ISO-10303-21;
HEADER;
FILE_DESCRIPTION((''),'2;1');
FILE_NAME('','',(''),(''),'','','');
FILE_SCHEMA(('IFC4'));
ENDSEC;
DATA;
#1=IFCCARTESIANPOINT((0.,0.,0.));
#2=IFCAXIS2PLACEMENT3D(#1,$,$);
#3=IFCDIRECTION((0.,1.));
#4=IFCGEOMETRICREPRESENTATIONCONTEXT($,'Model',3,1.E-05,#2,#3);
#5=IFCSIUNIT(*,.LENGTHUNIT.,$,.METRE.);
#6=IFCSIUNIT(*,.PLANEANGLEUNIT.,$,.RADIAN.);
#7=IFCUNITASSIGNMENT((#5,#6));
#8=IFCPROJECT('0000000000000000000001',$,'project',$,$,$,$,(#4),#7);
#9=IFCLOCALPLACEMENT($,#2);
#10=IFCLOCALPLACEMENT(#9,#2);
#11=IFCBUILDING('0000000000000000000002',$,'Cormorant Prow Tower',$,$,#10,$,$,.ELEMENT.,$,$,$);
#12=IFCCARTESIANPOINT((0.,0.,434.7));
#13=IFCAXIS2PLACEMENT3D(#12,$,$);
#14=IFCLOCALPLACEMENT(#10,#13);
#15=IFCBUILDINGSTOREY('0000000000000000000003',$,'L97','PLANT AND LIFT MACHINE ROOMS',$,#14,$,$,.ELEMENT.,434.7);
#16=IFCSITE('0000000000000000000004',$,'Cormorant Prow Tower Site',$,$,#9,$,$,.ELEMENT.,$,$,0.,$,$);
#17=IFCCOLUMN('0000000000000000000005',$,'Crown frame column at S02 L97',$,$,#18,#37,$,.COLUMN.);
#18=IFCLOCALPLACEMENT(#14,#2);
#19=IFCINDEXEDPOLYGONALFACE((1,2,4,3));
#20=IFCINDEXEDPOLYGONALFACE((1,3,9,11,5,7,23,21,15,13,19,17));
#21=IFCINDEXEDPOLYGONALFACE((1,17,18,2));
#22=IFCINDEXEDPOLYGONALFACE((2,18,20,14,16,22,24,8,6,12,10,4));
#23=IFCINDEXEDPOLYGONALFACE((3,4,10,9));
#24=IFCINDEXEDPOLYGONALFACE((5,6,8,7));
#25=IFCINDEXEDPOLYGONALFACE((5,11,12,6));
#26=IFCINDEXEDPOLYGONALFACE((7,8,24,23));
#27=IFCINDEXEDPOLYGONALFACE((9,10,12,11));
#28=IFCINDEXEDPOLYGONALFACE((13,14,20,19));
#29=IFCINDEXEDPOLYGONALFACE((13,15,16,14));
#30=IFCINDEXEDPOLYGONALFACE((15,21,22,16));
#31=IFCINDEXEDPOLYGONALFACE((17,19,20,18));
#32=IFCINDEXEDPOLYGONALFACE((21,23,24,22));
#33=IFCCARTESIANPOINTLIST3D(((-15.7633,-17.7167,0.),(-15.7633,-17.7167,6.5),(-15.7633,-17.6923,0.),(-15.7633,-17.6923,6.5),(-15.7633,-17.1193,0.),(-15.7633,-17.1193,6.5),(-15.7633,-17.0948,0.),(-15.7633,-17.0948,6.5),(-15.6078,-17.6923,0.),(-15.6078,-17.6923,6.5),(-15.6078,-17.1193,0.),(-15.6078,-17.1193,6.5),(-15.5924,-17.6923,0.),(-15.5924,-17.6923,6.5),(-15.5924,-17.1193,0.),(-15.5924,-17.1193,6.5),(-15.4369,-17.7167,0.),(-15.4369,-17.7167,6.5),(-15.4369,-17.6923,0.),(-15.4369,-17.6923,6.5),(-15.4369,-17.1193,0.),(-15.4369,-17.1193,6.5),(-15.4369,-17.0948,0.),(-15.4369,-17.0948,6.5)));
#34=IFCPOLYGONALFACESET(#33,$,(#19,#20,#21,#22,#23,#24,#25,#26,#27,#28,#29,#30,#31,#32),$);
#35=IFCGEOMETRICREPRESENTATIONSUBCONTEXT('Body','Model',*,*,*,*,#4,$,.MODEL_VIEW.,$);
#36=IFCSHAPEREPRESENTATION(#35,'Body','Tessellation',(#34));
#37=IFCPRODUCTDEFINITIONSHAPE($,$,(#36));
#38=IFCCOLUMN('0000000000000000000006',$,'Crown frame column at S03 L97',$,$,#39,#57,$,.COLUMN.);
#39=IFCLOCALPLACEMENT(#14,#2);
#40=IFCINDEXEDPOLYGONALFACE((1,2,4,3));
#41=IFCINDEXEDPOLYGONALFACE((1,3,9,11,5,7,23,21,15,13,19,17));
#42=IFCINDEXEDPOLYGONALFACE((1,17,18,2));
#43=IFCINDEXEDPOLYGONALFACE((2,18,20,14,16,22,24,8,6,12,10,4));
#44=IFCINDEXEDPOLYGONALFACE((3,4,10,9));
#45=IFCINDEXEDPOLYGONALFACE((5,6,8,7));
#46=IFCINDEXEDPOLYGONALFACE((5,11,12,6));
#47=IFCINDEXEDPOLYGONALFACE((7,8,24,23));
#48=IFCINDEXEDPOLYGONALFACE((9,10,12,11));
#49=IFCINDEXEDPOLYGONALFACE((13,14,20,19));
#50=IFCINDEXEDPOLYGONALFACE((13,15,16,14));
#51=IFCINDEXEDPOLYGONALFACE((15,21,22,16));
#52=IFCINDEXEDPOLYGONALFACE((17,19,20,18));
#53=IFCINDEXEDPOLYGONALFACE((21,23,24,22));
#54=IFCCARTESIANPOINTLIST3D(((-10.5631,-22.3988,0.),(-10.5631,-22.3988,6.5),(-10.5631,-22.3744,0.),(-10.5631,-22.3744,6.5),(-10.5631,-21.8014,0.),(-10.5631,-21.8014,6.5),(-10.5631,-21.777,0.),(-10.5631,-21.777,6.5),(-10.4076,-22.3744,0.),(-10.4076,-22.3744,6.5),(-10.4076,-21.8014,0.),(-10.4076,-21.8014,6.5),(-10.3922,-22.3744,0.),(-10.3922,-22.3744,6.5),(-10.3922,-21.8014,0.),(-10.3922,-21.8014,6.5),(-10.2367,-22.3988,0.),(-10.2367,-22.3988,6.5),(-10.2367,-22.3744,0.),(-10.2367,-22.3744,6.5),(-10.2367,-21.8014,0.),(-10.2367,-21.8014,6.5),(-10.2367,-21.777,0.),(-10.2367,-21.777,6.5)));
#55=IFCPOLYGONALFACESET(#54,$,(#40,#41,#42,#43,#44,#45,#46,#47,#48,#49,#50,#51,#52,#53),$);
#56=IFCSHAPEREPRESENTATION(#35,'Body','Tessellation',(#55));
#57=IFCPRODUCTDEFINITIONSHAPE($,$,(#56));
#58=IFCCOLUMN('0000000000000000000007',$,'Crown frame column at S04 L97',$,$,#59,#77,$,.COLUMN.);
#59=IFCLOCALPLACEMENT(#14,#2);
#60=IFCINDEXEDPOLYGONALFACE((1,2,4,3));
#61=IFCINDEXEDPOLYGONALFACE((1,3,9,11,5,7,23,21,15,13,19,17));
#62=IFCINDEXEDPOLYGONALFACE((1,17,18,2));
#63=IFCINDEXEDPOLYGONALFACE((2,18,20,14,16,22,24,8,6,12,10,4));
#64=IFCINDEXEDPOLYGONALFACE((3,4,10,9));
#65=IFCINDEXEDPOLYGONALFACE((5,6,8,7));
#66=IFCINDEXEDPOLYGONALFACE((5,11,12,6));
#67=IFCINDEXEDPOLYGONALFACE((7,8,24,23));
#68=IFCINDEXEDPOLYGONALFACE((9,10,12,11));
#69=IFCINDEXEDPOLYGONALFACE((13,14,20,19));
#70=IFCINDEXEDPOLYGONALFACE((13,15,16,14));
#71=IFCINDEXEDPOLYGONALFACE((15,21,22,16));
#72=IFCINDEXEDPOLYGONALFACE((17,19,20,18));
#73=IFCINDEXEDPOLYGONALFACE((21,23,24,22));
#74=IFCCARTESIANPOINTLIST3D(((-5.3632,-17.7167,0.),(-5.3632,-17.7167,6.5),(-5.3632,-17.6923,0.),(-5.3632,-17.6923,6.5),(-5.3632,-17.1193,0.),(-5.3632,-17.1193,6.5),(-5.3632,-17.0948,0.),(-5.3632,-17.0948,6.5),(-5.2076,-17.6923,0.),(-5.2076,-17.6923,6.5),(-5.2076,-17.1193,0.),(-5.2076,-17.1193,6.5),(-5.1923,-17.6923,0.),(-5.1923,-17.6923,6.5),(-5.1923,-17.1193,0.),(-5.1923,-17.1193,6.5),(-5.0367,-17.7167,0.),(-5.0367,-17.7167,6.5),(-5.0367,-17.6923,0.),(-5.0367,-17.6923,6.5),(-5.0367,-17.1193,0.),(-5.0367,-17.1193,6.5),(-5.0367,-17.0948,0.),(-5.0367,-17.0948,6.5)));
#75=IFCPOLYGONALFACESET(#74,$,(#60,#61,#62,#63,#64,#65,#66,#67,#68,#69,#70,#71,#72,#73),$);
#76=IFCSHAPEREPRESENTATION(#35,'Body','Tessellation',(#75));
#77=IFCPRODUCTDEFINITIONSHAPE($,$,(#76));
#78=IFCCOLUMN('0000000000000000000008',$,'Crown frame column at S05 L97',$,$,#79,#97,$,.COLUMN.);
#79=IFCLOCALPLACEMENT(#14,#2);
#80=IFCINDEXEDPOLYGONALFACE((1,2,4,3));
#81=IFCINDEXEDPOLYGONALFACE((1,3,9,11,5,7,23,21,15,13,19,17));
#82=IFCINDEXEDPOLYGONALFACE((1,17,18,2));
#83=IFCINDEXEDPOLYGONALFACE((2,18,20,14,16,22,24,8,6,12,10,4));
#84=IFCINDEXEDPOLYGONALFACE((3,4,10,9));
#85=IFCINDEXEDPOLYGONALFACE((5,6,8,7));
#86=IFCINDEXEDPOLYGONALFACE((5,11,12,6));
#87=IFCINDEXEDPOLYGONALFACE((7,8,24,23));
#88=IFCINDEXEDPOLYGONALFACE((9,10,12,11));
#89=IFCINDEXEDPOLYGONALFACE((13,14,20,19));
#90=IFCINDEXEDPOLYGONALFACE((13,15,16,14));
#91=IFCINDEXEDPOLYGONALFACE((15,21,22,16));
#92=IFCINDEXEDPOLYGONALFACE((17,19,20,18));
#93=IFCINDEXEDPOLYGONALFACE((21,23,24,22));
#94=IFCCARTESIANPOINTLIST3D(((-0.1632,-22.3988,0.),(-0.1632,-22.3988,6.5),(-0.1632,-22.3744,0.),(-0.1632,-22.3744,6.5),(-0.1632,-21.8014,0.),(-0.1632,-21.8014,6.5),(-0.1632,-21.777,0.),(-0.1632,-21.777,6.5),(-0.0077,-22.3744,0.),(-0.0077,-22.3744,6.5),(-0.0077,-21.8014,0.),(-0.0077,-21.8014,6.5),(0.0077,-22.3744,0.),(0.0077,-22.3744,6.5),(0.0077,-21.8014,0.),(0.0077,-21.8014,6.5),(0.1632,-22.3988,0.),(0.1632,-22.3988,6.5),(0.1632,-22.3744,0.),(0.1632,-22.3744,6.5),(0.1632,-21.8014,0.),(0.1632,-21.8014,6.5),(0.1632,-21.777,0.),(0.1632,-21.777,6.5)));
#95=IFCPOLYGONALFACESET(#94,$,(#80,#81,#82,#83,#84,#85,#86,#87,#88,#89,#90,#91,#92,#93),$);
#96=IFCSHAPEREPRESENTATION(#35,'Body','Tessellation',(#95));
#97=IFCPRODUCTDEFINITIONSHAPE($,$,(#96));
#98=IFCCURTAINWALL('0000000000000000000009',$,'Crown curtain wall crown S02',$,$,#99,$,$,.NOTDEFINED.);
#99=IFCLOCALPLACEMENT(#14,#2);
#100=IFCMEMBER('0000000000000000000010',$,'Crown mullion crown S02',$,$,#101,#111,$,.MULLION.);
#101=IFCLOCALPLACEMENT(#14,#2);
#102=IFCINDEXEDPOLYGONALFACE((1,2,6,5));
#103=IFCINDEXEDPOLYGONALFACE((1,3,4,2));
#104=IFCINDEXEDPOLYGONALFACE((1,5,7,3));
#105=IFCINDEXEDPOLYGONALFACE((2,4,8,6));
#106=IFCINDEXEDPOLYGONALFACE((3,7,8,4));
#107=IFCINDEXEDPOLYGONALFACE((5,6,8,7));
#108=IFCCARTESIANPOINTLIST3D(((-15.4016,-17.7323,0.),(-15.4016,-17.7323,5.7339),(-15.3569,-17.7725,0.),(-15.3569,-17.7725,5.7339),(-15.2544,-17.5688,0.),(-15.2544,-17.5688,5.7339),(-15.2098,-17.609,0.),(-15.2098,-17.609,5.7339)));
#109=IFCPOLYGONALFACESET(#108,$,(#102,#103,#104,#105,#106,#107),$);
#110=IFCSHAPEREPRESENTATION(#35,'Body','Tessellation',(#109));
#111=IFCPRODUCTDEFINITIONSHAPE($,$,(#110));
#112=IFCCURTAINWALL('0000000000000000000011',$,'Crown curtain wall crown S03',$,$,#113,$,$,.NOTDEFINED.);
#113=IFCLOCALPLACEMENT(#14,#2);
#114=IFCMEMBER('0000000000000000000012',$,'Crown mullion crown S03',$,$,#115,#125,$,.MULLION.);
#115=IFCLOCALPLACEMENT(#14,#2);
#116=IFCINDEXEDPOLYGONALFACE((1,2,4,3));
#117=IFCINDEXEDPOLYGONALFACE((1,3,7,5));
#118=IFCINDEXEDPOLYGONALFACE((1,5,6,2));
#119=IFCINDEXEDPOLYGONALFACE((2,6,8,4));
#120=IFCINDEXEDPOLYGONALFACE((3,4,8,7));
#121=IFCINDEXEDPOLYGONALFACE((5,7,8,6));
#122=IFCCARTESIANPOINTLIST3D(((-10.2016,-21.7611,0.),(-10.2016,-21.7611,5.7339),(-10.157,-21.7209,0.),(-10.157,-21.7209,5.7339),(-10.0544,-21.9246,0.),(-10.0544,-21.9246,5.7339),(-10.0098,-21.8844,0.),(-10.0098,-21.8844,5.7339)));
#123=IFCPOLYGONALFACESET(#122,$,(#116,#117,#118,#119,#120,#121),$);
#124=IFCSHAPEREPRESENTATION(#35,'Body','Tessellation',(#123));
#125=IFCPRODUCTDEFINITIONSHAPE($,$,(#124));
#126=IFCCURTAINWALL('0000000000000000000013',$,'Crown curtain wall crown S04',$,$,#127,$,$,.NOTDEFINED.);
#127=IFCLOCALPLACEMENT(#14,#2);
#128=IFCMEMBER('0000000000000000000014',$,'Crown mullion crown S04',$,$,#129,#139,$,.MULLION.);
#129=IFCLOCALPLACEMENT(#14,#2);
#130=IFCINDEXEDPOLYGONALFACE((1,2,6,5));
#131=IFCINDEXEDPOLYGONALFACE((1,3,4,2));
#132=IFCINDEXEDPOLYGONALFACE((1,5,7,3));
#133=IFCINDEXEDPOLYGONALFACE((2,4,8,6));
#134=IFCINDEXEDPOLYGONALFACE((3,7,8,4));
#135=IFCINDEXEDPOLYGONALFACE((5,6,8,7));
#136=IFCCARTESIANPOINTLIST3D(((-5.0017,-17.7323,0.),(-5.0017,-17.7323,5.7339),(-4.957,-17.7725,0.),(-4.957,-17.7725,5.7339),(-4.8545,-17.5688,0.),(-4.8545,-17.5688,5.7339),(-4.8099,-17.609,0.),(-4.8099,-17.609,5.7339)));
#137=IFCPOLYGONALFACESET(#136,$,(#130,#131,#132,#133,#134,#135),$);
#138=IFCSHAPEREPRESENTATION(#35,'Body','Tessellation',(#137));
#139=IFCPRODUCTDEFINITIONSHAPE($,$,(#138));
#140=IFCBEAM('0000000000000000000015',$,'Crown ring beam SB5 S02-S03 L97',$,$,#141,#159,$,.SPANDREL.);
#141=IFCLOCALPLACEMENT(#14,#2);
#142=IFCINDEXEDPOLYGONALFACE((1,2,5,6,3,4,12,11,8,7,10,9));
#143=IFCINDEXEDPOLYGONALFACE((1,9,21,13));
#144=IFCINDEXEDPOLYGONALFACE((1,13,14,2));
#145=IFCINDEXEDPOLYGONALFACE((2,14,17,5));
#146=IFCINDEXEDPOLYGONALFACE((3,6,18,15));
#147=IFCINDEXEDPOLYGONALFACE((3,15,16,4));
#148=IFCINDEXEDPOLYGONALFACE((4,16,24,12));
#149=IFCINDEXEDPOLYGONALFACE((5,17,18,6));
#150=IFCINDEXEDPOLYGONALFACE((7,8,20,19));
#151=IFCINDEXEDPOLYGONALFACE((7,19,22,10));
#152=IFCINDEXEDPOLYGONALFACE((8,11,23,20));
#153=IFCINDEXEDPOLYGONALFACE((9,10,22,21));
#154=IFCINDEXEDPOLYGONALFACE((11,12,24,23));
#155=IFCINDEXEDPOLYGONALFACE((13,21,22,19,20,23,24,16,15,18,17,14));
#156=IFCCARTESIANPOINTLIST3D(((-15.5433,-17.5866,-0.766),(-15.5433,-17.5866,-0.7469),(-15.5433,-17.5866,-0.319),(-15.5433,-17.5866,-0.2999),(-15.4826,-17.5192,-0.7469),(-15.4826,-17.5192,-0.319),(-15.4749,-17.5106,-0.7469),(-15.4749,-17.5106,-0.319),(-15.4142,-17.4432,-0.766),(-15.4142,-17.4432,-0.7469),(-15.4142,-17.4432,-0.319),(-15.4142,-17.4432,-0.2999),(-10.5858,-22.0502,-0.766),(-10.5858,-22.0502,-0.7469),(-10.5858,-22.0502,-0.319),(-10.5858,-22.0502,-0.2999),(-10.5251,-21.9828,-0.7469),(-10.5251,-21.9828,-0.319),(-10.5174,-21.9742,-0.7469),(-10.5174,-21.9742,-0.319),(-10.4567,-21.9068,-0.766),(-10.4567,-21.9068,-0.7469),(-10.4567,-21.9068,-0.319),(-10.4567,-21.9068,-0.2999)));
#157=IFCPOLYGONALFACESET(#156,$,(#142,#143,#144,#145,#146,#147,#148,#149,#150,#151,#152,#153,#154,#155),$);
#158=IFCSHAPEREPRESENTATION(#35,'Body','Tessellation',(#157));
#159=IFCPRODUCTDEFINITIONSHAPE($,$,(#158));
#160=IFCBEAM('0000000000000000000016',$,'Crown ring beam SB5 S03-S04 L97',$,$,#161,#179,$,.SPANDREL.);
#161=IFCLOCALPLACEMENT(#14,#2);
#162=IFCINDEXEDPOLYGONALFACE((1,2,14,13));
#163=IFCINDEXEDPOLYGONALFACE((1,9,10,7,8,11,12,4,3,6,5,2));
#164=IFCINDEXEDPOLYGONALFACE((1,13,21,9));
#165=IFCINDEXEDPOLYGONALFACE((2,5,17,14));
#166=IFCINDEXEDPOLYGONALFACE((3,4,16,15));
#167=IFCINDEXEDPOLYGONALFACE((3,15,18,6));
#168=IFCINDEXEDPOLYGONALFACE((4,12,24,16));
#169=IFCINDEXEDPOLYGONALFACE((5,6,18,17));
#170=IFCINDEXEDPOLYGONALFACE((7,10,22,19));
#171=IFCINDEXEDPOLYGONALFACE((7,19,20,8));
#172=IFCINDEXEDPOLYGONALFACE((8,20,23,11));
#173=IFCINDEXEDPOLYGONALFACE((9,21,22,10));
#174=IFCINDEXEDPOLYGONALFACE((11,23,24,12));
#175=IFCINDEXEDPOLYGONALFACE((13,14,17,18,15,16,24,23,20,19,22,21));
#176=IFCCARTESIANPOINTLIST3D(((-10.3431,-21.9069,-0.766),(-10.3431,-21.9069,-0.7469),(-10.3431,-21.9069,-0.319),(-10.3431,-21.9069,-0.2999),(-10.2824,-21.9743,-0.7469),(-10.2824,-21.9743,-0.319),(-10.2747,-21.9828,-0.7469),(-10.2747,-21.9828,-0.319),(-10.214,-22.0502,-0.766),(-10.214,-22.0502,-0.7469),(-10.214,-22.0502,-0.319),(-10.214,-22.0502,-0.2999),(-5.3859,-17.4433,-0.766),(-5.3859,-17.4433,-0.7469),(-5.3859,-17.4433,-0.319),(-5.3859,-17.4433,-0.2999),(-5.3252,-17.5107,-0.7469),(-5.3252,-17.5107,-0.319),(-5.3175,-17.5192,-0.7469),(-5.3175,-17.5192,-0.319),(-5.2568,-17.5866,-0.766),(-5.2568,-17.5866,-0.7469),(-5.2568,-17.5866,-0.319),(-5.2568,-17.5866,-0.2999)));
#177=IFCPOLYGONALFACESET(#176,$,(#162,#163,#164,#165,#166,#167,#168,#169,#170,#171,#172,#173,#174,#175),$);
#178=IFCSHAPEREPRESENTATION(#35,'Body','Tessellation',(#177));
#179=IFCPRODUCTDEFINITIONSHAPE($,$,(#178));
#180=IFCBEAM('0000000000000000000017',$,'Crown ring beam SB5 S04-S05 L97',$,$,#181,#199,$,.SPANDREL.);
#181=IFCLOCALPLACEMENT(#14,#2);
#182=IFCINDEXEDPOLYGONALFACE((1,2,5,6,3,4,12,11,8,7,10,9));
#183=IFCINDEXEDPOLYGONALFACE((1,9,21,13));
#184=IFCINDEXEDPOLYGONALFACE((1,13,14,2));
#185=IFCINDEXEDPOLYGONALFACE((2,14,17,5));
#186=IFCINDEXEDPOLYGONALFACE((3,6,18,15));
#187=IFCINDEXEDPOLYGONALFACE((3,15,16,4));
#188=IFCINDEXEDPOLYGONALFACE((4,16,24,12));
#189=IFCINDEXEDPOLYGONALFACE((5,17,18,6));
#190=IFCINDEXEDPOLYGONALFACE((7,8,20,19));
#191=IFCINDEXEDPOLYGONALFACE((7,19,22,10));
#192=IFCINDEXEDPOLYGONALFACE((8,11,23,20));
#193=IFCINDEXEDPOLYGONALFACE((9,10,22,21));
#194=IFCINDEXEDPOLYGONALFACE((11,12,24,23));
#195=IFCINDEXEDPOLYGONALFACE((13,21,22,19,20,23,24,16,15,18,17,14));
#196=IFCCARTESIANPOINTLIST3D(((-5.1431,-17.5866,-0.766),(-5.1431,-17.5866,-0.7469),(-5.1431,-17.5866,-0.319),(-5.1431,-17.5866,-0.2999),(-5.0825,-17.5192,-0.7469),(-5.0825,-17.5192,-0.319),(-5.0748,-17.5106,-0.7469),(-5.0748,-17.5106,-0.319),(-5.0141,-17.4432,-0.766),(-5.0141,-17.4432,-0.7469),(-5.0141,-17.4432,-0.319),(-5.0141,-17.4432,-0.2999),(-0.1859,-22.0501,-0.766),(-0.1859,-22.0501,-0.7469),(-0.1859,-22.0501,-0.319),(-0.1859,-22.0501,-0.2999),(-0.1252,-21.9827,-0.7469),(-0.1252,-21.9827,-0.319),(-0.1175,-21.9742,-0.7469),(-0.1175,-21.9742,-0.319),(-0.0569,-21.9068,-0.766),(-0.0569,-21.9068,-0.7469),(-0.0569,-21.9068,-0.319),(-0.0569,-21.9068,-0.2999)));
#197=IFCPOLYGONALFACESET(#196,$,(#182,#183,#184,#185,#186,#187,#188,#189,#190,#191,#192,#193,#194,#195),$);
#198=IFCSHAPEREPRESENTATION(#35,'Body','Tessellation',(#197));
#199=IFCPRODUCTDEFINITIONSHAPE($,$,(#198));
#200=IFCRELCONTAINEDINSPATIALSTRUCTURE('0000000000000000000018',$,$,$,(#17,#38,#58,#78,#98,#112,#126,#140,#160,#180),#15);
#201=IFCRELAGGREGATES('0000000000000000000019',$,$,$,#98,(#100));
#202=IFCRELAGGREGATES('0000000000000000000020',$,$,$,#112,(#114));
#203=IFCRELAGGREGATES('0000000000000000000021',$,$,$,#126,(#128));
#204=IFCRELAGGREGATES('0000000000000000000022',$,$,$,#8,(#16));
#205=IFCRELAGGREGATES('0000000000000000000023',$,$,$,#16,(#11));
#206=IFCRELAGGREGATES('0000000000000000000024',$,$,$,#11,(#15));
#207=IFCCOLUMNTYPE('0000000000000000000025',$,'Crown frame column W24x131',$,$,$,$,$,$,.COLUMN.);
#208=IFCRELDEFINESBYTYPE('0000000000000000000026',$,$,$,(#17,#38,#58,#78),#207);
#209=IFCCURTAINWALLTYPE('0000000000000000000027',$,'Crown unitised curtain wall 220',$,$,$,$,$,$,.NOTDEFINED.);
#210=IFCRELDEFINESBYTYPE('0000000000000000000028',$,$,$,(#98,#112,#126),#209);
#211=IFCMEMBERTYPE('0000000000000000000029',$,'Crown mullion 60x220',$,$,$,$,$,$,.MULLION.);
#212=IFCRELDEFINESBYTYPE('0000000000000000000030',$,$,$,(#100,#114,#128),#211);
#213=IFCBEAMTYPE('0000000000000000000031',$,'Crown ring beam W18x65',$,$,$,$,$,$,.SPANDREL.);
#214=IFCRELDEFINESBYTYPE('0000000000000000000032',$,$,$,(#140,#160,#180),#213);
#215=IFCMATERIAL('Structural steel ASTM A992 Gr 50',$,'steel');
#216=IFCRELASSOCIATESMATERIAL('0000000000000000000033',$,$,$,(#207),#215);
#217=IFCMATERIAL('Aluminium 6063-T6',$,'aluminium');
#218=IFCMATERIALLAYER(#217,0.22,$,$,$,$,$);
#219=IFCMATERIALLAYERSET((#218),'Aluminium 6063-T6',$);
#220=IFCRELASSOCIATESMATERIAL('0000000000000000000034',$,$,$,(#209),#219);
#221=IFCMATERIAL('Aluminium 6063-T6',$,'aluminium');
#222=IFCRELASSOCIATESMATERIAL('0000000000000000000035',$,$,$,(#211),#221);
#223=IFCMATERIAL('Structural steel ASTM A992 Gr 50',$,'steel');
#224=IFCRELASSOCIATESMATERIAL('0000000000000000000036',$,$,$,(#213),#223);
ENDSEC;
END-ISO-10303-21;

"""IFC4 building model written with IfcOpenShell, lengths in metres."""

from ifc_helpers import new_model, si_unit, direction, frame, origin, origin_2d, place, context, subcontext, project, spatial, rectangle, i_section, extrude, material, layer, layer_set, material_profile, profile_set, type_object, element, aggregate, save


model = new_model("IFC4")

# Units and contexts
model_context = context("Model", 3, precision=1e-05, world=origin(), true_north=direction((0.0, 1.0)))
body_context = subcontext(model_context, "Body", "Model", "MODEL_VIEW")
ifc_project = project(units=[si_unit("LENGTHUNIT", "METRE"), si_unit("PLANEANGLEUNIT", "RADIAN")], contexts=[model_context])

# Site, building, storey
site_placement = place(None, origin())
site = spatial("IfcSite", under=ifc_project, at=site_placement, Name="Cormorant Prow Tower Site", CompositionType="ELEMENT", RefElevation=0.0)
building_placement = place(site_placement, origin())
building = spatial("IfcBuilding", under=site, at=building_placement, Name="Cormorant Prow Tower", CompositionType="ELEMENT")
storey_placement = place(building_placement, frame((0.0, 0.0, 434.7)))
storey = spatial("IfcBuildingStorey", under=building, at=storey_placement, Name="L97", Description="PLANT AND LIFT MACHINE ROOMS", CompositionType="ELEMENT", Elevation=434.7)

# Columns
ifc_material_1 = material(Name="Structural steel ASTM A992 Gr 50", Category="steel")
ifc_material_profile_1 = material_profile(ifc_material_1, i_section(OverallWidth=0.3264, OverallDepth=0.6218, WebThickness=0.0154, FlangeThickness=0.0244, at=origin_2d()), Name="W24x131")
ifc_profile_set_1 = profile_set([ifc_material_profile_1], Name="Structural steel ASTM A992 Gr 50")
column_type = type_object("IfcColumnType", Name="Crown frame column W24x131", PredefinedType="COLUMN", material=ifc_profile_set_1)
for number, where, z_axis, x_axis, name in (
    (1, (-15.6001, -17.4058, 0.0), (0.0, 0.0, 1.0), (1.0, 0.0, 0.0), "Crown frame column at S02 L97"),
    (2, (-10.3999, -22.0879, 0.0), (0.0, 0.0, 1.0), (1.0, 0.0, 0.0), "Crown frame column at S03 L97"),
    (3, (-5.2, -17.4058, 0.0), (0.0, 0.0, 1.0), (1.0, 0.0, 0.0), "Crown frame column at S04 L97"),
    (4, (0.0, -22.0879, 0.0), (0.0, 0.0, 1.0), (1.0, 0.0, 0.0), "Crown frame column at S05 L97"),
):
    element("IfcColumn", number, at=place(storey_placement, frame(where, z_axis=z_axis, x_axis=x_axis)), inside=storey, type_object=column_type, Name=name, PredefinedType="COLUMN", context=body_context, shape_type="SweptSolid", body=[
        extrude(i_section(OverallWidth=0.3264, OverallDepth=0.6218, WebThickness=0.0154, FlangeThickness=0.0244, at=origin_2d()), origin(), (0.0, 0.0, 1.0), 6.5),
    ])

# Curtain walls, members
ifc_material_2 = material(Name="Aluminium 6063-T6", Category="aluminium")
ifc_layer_1 = layer(ifc_material_2, 0.22)
ifc_layer_set_1 = layer_set([ifc_layer_1], Name="Aluminium 6063-T6")
curtain_wall_type = type_object("IfcCurtainWallType", Name="Crown unitised curtain wall 220", PredefinedType="NOTDEFINED", material=ifc_layer_set_1)
curtain_wall_1_placement = place(storey_placement, origin())
curtain_wall_1 = element("IfcCurtainWall", 5, at=curtain_wall_1_placement, inside=storey, type_object=curtain_wall_type, Name="Crown curtain wall crown S02", PredefinedType="NOTDEFINED")
ifc_material_3 = material(Name="Aluminium 6063-T6", Category="aluminium")
ifc_material_profile_2 = material_profile(ifc_material_3, rectangle(XDim=0.22, YDim=0.0601, at=origin_2d()), Name="Crown mullion 60x220")
ifc_profile_set_2 = profile_set([ifc_material_profile_2], Name="Aluminium 6063-T6")
member_type_1 = type_object("IfcMemberType", Name="Crown mullion 60x220", PredefinedType="MULLION", material=ifc_profile_set_2)
member_1_placement = place(storey_placement, frame((-15.3057, -17.6707, 0.0), z_axis=(0.0, 0.0, 1.0), x_axis=(0.669131, 0.743145, 0.0)))
member_1 = element("IfcMember", 6, at=member_1_placement, type_object=member_type_1, Name="Crown mullion crown S02", PredefinedType="MULLION", context=body_context, shape_type="SweptSolid", body=[
    extrude(rectangle(XDim=0.22, YDim=0.0601, at=origin_2d()), origin(), (0.0, 0.0, 1.0), 5.7339),
])
curtain_wall_2_placement = place(storey_placement, origin())
curtain_wall_2 = element("IfcCurtainWall", 7, at=curtain_wall_2_placement, inside=storey, type_object=curtain_wall_type, Name="Crown curtain wall crown S03", PredefinedType="NOTDEFINED")
member_2_placement = place(storey_placement, frame((-10.1057, -21.8228, 0.0), z_axis=(0.0, 0.0, 1.0), x_axis=(-0.669131, 0.743145, 0.0)))
member_2 = element("IfcMember", 8, at=member_2_placement, type_object=member_type_1, Name="Crown mullion crown S03", PredefinedType="MULLION", context=body_context, shape_type="SweptSolid", body=[
    extrude(rectangle(XDim=0.22, YDim=0.0601, at=origin_2d()), origin(), (0.0, 0.0, 1.0), 5.7339),
])
curtain_wall_3_placement = place(storey_placement, origin())
curtain_wall_3 = element("IfcCurtainWall", 9, at=curtain_wall_3_placement, inside=storey, type_object=curtain_wall_type, Name="Crown curtain wall crown S04", PredefinedType="NOTDEFINED")
member_3_placement = place(storey_placement, frame((-4.9058, -17.6707, 0.0), z_axis=(0.0, 0.0, 1.0), x_axis=(0.669131, 0.743145, 0.0)))
member_3 = element("IfcMember", 10, at=member_3_placement, type_object=member_type_1, Name="Crown mullion crown S04", PredefinedType="MULLION", context=body_context, shape_type="SweptSolid", body=[
    extrude(rectangle(XDim=0.22, YDim=0.0601, at=origin_2d()), origin(), (0.0, 0.0, 1.0), 5.7339),
])

# Beams
ifc_material_4 = material(Name="Structural steel ASTM A992 Gr 50", Category="steel")
ifc_material_profile_3 = material_profile(ifc_material_4, i_section(OverallWidth=0.1929, OverallDepth=0.4661, WebThickness=0.0115, FlangeThickness=0.019, at=origin_2d()), Name="W18x65")
ifc_profile_set_3 = profile_set([ifc_material_profile_3], Name="Structural steel ASTM A992 Gr 50")
beam_type = type_object("IfcBeamType", Name="Crown ring beam W18x65", PredefinedType="SPANDREL", material=ifc_profile_set_3)
beam_placement = place(storey_placement, frame((-15.4788, -17.5149, -0.533), z_axis=(0.743156, -0.669118, 0.0), x_axis=(0.669118, 0.743156, 0.0)))
element("IfcBeam", 11, at=beam_placement, inside=storey, type_object=beam_type, Name="Crown ring beam SB5 S02-S03 L97", PredefinedType="SPANDREL", context=body_context, shape_type="SweptSolid", body=[
    extrude(i_section(OverallWidth=0.1929, OverallDepth=0.4661, WebThickness=0.0115, FlangeThickness=0.019, at=origin_2d()), origin(), (0.0, 0.0, 1.0), 6.6709),
])
for number, where, z_axis, x_axis, name in (
    (12, (-10.2786, -21.9785, -0.533), (0.743139, 0.669137, 0.0), (-0.669137, 0.743139, 0.0), "Crown ring beam SB5 S03-S04 L97"),
    (13, (-5.0786, -17.5149, -0.533), (0.743139, -0.669137, 0.0), (0.669137, 0.743139, 0.0), "Crown ring beam SB5 S04-S05 L97"),
):
    element("IfcBeam", number, at=place(storey_placement, frame(where, z_axis=z_axis, x_axis=x_axis)), inside=storey, type_object=beam_type, Name=name, PredefinedType="SPANDREL", context=body_context, shape_type="SweptSolid", body=[
        extrude(i_section(OverallWidth=0.1929, OverallDepth=0.4661, WebThickness=0.0115, FlangeThickness=0.019, at=origin_2d()), origin(), (0.0, 0.0, 1.0), 6.6707),
    ])

aggregate(curtain_wall_1, [member_1])
aggregate(curtain_wall_2, [member_2])
aggregate(curtain_wall_3, [member_3])

save(model, "model.ifc")
